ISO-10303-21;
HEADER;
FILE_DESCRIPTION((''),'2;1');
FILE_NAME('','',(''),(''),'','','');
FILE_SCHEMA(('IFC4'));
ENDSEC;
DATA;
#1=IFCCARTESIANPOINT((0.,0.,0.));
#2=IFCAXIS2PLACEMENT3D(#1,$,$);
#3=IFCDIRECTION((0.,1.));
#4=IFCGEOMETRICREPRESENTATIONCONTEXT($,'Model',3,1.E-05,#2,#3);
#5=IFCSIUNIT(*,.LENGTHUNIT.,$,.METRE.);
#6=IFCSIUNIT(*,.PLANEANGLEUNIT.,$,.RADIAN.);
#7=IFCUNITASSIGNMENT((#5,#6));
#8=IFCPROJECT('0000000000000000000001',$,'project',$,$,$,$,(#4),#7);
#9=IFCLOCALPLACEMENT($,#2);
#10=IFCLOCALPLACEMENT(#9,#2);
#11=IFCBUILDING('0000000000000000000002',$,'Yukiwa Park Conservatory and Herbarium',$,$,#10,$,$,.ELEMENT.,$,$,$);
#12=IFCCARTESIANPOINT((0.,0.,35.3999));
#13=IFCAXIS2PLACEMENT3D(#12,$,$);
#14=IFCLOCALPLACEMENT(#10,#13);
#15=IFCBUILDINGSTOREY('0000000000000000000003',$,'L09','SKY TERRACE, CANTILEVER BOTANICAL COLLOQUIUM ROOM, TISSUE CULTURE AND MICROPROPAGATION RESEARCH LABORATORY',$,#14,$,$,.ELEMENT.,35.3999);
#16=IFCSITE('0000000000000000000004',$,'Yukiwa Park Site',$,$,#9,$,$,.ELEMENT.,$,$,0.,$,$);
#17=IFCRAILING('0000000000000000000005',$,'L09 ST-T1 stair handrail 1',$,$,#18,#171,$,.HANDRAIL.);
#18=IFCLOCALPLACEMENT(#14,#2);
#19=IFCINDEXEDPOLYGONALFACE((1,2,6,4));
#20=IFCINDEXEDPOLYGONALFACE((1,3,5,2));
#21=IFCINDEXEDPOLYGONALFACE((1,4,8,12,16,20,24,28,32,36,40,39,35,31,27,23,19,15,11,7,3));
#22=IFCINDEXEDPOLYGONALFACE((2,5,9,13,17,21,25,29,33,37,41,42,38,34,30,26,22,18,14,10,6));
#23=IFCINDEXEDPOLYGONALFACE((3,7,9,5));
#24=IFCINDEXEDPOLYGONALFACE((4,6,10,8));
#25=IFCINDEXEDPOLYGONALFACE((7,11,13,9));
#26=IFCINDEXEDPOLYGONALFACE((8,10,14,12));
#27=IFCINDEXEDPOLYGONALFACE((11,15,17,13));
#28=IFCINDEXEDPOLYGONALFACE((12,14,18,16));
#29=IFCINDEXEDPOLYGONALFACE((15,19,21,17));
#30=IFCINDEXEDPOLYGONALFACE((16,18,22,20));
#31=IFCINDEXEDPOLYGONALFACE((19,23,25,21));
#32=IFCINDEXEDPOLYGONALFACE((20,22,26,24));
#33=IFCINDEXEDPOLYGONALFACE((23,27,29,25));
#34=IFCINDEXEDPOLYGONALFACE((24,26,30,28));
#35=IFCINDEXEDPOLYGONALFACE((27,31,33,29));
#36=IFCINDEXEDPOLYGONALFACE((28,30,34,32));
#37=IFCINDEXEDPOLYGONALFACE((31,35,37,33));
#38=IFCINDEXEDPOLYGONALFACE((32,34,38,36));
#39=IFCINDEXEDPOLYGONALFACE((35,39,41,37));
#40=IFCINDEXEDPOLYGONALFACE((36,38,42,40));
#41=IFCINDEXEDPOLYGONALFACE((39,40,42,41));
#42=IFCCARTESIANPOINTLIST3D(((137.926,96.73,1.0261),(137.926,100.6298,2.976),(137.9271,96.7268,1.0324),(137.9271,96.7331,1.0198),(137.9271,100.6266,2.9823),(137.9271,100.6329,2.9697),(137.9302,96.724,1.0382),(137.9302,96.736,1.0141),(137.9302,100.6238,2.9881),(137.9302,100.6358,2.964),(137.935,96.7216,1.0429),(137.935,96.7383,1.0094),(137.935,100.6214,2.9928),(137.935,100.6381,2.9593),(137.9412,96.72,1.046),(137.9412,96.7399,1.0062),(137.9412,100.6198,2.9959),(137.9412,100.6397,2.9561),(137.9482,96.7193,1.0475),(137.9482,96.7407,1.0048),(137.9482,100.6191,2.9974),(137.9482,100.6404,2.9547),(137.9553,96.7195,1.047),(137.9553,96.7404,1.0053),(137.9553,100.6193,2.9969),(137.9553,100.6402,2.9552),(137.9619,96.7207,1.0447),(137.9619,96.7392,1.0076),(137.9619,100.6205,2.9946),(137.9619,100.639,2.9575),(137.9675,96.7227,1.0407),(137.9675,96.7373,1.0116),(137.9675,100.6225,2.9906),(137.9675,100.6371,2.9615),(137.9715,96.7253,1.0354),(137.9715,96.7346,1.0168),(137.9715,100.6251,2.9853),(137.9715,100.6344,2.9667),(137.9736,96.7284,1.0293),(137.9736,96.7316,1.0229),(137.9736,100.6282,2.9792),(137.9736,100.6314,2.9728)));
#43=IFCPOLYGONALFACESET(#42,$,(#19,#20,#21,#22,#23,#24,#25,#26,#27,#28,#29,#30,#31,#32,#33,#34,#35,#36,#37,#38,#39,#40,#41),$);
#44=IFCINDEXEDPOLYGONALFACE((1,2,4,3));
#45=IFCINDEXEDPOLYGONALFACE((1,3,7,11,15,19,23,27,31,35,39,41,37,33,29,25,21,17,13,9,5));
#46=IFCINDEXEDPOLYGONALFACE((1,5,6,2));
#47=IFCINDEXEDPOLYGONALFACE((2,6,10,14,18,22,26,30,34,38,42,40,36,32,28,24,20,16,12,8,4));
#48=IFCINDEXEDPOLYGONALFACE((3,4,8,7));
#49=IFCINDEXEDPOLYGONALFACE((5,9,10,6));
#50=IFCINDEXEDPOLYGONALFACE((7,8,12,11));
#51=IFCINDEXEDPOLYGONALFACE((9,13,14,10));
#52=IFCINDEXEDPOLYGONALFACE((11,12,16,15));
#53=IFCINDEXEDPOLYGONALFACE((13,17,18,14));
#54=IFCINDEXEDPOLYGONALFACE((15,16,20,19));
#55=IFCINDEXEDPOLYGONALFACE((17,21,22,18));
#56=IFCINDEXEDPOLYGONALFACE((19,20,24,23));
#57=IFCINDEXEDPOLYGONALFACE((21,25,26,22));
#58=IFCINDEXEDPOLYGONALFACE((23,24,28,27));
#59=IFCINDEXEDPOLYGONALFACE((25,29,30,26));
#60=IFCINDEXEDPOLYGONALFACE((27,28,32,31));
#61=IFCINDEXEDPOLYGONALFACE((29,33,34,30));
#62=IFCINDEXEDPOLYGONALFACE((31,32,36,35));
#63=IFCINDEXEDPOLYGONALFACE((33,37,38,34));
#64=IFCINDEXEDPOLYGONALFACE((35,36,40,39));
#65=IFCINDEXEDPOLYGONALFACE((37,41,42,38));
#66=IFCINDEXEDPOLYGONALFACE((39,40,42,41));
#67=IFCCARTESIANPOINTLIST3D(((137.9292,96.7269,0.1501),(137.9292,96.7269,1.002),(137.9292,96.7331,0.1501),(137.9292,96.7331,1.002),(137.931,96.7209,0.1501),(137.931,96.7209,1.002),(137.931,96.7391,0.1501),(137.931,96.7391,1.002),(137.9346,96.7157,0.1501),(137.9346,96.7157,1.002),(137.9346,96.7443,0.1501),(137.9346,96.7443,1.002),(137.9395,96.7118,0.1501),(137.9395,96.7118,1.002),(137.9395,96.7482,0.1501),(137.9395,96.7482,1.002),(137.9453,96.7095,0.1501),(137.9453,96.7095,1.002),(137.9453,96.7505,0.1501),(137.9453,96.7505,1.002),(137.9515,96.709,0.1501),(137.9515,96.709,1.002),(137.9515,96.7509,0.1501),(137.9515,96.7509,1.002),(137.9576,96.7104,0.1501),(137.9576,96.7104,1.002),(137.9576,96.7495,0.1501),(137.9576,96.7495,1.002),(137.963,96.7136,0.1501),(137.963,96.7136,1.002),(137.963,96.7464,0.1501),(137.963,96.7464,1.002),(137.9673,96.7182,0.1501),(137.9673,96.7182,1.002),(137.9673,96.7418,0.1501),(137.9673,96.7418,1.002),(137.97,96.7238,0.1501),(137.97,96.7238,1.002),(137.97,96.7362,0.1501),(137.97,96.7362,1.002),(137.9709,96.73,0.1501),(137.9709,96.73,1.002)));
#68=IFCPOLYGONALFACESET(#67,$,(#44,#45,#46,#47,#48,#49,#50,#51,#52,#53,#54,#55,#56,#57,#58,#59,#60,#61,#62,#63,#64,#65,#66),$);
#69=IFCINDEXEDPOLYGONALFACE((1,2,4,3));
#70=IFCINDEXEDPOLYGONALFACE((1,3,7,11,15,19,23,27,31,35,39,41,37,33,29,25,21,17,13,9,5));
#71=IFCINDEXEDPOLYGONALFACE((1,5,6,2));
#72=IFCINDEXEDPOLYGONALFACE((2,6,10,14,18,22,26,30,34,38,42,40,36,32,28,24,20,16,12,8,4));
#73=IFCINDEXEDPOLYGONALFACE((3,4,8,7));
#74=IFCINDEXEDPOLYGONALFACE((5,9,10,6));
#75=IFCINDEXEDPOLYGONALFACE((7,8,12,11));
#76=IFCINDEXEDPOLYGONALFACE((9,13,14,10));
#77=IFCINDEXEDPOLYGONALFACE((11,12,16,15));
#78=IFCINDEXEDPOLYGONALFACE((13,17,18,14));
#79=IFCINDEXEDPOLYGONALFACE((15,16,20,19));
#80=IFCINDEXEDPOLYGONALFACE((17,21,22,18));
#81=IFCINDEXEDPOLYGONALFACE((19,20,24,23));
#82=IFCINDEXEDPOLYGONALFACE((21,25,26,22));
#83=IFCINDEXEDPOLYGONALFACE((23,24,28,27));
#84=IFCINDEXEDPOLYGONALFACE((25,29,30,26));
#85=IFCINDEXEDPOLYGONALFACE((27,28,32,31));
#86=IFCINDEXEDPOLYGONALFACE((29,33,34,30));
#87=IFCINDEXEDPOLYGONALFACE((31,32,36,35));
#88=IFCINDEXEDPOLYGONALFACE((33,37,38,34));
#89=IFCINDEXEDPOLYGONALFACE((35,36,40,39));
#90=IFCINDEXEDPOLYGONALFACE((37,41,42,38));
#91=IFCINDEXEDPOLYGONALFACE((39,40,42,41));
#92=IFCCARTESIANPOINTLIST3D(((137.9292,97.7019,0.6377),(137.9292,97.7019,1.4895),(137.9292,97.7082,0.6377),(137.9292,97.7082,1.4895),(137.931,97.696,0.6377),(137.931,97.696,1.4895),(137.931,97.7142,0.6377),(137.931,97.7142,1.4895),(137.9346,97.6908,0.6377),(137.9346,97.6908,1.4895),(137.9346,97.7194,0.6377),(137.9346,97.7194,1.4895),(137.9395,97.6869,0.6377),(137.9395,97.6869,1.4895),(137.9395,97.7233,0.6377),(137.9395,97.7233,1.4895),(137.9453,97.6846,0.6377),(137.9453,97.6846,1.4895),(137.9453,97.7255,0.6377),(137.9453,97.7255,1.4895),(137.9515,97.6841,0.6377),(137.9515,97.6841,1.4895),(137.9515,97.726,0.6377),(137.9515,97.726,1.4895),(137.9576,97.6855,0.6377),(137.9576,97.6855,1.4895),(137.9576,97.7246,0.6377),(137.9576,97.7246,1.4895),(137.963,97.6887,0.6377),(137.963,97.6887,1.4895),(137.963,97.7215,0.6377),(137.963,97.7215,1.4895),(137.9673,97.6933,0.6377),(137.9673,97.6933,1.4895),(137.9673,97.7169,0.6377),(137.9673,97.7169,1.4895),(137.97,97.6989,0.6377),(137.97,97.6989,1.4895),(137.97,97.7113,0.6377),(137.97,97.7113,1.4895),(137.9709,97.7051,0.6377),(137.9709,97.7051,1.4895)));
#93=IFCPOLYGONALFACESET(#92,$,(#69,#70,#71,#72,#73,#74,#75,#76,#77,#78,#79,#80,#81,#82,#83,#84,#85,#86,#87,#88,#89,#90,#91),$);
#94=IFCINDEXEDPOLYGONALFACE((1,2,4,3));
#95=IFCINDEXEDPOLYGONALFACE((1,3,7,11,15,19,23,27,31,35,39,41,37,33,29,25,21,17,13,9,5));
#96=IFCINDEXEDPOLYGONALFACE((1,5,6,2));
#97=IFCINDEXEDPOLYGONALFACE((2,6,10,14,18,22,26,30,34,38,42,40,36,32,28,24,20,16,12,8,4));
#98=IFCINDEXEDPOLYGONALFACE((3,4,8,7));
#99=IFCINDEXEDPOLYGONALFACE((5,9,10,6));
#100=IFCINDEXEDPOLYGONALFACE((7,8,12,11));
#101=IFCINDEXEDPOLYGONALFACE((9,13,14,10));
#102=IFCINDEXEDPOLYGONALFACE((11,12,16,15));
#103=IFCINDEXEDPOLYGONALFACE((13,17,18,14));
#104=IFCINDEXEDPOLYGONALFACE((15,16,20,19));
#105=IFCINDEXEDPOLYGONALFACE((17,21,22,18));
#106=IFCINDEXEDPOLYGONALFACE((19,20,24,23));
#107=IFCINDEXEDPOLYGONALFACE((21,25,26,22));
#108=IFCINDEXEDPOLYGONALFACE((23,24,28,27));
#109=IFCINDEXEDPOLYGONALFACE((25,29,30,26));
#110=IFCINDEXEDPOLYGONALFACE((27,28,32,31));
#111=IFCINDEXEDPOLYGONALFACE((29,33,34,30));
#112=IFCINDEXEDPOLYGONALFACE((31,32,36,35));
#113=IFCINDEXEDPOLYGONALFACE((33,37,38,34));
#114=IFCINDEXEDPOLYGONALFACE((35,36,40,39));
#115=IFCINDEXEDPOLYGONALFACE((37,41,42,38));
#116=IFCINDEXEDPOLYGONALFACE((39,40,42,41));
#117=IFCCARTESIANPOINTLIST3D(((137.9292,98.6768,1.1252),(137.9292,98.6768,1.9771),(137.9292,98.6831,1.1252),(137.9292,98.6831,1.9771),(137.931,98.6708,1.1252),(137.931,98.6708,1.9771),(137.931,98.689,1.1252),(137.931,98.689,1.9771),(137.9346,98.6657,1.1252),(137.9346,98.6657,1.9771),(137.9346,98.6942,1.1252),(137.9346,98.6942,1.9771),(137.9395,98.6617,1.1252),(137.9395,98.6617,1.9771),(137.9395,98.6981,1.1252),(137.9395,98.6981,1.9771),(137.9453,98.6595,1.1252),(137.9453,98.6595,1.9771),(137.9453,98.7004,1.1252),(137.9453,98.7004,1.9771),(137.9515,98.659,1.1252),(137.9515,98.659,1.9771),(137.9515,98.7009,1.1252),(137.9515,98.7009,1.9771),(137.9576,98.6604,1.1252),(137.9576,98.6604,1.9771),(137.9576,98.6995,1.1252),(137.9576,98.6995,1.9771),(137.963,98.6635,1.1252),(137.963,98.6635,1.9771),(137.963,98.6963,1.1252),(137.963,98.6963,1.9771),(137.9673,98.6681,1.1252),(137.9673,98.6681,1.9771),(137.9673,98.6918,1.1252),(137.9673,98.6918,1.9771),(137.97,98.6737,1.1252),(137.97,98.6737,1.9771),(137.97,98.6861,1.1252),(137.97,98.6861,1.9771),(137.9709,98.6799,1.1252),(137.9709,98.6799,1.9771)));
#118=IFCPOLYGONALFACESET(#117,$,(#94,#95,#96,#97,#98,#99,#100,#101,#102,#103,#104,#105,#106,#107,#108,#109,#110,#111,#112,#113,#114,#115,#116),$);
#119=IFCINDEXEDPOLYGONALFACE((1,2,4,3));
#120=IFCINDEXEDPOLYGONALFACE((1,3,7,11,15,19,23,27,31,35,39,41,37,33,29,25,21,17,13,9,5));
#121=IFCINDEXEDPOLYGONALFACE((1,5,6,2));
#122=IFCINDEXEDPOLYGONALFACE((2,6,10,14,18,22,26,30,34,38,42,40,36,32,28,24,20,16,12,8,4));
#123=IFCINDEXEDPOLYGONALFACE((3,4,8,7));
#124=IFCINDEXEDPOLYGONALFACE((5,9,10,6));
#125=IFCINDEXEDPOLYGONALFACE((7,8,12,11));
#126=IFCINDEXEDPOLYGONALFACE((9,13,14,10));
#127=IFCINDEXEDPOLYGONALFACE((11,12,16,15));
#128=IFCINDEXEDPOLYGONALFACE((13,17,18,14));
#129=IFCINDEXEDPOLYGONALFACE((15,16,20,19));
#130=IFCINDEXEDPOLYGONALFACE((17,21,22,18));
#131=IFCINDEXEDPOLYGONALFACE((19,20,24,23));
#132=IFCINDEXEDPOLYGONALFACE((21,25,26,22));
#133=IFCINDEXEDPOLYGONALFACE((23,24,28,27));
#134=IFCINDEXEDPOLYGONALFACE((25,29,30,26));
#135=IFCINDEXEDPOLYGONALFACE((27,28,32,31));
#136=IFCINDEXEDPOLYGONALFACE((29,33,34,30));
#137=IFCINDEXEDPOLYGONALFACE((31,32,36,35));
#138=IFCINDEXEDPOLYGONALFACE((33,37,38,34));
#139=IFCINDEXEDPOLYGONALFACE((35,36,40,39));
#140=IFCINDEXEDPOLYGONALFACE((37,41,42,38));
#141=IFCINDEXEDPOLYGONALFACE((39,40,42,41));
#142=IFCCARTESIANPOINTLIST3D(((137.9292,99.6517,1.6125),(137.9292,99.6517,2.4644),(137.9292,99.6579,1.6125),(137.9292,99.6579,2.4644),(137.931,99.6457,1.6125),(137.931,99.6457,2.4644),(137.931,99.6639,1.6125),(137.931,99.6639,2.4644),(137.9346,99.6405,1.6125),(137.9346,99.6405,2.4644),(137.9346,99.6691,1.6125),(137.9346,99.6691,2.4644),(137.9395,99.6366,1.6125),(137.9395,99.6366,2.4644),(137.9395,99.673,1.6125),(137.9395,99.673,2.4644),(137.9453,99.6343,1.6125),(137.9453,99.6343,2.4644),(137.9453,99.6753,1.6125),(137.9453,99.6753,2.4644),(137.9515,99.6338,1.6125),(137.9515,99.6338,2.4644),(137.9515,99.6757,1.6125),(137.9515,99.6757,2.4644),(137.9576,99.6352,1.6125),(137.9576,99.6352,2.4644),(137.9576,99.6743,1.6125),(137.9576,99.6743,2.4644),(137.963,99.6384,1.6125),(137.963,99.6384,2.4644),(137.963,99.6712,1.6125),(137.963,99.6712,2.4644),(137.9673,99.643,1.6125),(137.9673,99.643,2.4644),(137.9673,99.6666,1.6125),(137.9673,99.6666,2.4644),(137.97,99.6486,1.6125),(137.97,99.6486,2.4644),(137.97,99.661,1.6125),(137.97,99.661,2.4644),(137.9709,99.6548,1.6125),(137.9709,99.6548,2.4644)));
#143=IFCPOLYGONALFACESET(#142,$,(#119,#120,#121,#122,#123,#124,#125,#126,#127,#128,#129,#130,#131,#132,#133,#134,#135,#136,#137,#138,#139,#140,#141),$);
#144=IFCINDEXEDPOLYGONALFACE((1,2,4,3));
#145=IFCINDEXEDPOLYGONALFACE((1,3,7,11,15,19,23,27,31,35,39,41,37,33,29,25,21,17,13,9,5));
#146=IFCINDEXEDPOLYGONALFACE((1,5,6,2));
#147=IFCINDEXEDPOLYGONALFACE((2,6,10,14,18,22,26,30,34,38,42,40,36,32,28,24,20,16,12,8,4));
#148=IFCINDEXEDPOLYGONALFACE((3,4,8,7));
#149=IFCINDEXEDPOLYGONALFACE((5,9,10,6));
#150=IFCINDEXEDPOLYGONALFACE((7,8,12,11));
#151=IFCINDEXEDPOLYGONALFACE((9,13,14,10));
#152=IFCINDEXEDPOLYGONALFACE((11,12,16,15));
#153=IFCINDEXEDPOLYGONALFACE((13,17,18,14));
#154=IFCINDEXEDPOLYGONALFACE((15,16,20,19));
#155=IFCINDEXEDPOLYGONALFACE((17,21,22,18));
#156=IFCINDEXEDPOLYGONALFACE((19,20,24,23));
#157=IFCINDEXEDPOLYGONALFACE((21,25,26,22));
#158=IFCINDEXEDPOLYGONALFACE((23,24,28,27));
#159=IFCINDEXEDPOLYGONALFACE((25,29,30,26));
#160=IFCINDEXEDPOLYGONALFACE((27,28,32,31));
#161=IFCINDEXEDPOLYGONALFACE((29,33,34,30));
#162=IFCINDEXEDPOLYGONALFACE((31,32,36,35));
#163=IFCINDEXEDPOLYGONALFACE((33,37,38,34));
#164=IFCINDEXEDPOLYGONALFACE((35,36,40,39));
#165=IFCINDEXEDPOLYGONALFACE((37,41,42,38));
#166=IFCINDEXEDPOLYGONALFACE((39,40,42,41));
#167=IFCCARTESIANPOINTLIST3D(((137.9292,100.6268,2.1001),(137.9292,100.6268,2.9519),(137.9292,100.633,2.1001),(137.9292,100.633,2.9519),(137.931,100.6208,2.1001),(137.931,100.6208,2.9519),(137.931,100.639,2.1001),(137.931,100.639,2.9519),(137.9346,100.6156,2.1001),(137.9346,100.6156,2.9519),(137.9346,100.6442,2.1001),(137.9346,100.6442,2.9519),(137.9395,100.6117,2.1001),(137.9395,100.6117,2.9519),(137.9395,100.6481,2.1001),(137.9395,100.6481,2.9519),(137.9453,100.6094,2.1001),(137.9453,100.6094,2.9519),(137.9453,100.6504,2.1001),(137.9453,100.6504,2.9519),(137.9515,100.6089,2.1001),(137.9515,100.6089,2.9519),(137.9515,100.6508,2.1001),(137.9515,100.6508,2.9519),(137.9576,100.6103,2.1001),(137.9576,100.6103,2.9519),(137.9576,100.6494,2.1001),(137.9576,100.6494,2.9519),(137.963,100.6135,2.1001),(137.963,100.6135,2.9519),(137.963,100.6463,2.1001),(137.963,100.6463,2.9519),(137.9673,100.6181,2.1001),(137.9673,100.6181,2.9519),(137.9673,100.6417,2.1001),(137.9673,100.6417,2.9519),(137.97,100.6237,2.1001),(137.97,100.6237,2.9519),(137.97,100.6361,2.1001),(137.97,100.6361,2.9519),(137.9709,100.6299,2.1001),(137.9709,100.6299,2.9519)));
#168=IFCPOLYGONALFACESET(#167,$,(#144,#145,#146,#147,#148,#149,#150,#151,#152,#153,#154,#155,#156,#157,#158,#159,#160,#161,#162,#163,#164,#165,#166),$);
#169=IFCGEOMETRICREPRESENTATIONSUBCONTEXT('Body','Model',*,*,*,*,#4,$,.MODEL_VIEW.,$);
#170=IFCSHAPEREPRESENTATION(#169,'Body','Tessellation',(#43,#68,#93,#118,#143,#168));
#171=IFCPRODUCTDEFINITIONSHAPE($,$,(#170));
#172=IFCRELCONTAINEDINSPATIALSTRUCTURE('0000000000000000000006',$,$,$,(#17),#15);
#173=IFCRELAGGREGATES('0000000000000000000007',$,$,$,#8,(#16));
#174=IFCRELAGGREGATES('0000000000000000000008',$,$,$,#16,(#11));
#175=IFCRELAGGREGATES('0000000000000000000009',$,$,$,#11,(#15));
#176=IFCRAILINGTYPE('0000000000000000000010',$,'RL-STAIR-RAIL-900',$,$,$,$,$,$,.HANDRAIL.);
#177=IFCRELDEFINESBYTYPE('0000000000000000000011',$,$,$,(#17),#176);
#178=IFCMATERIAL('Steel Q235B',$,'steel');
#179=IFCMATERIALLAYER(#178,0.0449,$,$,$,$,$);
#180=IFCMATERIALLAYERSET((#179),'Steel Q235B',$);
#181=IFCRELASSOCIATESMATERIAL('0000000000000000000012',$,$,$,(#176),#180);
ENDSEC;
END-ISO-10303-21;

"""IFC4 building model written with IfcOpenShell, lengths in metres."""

from ifc_helpers import new_model, si_unit, direction, frame, origin, origin_2d, place, context, subcontext, project, spatial, circle, extrude, material, layer, layer_set, type_object, element, save


model = new_model("IFC4")

# Units and contexts
model_context = context("Model", 3, precision=1e-05, world=origin(), true_north=direction((0.0, 1.0)))
body_context = subcontext(model_context, "Body", "Model", "MODEL_VIEW")
ifc_project = project(units=[si_unit("LENGTHUNIT", "METRE"), si_unit("PLANEANGLEUNIT", "RADIAN")], contexts=[model_context])

# Site, building, storey
site_placement = place(None, origin())
site = spatial("IfcSite", under=ifc_project, at=site_placement, Name="Yukiwa Park Site", CompositionType="ELEMENT", RefElevation=0.0)
building_placement = place(site_placement, origin())
building = spatial("IfcBuilding", under=site, at=building_placement, Name="Yukiwa Park Conservatory and Herbarium", CompositionType="ELEMENT")
storey_placement = place(building_placement, frame((0.0, 0.0, 35.3999)))
storey = spatial("IfcBuildingStorey", under=building, at=storey_placement, Name="L09", Description="SKY TERRACE, CANTILEVER BOTANICAL COLLOQUIUM ROOM, TISSUE CULTURE AND MICROPROPAGATION RESEARCH LABORATORY", CompositionType="ELEMENT", Elevation=35.3999)

# Railing
ifc_material_1 = material(Name="Steel Q235B", Category="steel")
ifc_layer_1 = layer(ifc_material_1, 0.0449)
ifc_layer_set_1 = layer_set([ifc_layer_1], Name="Steel Q235B")
railing_type_1 = type_object("IfcRailingType", Name="RL-STAIR-RAIL-900", PredefinedType="HANDRAIL", material=ifc_layer_set_1)
railing_1_placement = place(storey_placement, frame((137.95, 96.73, 0.1501)))
element("IfcRailing", 1, at=railing_1_placement, inside=storey, type_object=railing_type_1, Name="L09 ST-T1 stair handrail 1", PredefinedType="HANDRAIL", context=body_context, shape_type="SweptSolid", body=[
    extrude(circle(Radius=0.0239, at=origin_2d()), frame((0.0, 0.0, 0.876), z_axis=(0.0, 0.894427, 0.447214), x_axis=(-1.0, 0.0, 0.0)), (0.0, 0.0, 1.0), 4.3601),
    extrude(circle(Radius=0.021, at=origin_2d()), origin(), (0.0, 0.0, 1.0), 0.8518),
    extrude(circle(Radius=0.021, at=origin_2d()), frame((0.0, 0.9751, 0.4875)), (0.0, 0.0, 1.0), 0.8518),
    extrude(circle(Radius=0.021, at=origin_2d()), frame((0.0, 1.95, 0.9751)), (0.0, 0.0, 1.0), 0.8518),
    extrude(circle(Radius=0.021, at=origin_2d()), frame((0.0, 2.9248, 1.4624)), (0.0, 0.0, 1.0), 0.8518),
    extrude(circle(Radius=0.021, at=origin_2d()), frame((0.0, 3.8999, 1.95)), (0.0, 0.0, 1.0), 0.8518),
])

save(model, "model.ifc")
